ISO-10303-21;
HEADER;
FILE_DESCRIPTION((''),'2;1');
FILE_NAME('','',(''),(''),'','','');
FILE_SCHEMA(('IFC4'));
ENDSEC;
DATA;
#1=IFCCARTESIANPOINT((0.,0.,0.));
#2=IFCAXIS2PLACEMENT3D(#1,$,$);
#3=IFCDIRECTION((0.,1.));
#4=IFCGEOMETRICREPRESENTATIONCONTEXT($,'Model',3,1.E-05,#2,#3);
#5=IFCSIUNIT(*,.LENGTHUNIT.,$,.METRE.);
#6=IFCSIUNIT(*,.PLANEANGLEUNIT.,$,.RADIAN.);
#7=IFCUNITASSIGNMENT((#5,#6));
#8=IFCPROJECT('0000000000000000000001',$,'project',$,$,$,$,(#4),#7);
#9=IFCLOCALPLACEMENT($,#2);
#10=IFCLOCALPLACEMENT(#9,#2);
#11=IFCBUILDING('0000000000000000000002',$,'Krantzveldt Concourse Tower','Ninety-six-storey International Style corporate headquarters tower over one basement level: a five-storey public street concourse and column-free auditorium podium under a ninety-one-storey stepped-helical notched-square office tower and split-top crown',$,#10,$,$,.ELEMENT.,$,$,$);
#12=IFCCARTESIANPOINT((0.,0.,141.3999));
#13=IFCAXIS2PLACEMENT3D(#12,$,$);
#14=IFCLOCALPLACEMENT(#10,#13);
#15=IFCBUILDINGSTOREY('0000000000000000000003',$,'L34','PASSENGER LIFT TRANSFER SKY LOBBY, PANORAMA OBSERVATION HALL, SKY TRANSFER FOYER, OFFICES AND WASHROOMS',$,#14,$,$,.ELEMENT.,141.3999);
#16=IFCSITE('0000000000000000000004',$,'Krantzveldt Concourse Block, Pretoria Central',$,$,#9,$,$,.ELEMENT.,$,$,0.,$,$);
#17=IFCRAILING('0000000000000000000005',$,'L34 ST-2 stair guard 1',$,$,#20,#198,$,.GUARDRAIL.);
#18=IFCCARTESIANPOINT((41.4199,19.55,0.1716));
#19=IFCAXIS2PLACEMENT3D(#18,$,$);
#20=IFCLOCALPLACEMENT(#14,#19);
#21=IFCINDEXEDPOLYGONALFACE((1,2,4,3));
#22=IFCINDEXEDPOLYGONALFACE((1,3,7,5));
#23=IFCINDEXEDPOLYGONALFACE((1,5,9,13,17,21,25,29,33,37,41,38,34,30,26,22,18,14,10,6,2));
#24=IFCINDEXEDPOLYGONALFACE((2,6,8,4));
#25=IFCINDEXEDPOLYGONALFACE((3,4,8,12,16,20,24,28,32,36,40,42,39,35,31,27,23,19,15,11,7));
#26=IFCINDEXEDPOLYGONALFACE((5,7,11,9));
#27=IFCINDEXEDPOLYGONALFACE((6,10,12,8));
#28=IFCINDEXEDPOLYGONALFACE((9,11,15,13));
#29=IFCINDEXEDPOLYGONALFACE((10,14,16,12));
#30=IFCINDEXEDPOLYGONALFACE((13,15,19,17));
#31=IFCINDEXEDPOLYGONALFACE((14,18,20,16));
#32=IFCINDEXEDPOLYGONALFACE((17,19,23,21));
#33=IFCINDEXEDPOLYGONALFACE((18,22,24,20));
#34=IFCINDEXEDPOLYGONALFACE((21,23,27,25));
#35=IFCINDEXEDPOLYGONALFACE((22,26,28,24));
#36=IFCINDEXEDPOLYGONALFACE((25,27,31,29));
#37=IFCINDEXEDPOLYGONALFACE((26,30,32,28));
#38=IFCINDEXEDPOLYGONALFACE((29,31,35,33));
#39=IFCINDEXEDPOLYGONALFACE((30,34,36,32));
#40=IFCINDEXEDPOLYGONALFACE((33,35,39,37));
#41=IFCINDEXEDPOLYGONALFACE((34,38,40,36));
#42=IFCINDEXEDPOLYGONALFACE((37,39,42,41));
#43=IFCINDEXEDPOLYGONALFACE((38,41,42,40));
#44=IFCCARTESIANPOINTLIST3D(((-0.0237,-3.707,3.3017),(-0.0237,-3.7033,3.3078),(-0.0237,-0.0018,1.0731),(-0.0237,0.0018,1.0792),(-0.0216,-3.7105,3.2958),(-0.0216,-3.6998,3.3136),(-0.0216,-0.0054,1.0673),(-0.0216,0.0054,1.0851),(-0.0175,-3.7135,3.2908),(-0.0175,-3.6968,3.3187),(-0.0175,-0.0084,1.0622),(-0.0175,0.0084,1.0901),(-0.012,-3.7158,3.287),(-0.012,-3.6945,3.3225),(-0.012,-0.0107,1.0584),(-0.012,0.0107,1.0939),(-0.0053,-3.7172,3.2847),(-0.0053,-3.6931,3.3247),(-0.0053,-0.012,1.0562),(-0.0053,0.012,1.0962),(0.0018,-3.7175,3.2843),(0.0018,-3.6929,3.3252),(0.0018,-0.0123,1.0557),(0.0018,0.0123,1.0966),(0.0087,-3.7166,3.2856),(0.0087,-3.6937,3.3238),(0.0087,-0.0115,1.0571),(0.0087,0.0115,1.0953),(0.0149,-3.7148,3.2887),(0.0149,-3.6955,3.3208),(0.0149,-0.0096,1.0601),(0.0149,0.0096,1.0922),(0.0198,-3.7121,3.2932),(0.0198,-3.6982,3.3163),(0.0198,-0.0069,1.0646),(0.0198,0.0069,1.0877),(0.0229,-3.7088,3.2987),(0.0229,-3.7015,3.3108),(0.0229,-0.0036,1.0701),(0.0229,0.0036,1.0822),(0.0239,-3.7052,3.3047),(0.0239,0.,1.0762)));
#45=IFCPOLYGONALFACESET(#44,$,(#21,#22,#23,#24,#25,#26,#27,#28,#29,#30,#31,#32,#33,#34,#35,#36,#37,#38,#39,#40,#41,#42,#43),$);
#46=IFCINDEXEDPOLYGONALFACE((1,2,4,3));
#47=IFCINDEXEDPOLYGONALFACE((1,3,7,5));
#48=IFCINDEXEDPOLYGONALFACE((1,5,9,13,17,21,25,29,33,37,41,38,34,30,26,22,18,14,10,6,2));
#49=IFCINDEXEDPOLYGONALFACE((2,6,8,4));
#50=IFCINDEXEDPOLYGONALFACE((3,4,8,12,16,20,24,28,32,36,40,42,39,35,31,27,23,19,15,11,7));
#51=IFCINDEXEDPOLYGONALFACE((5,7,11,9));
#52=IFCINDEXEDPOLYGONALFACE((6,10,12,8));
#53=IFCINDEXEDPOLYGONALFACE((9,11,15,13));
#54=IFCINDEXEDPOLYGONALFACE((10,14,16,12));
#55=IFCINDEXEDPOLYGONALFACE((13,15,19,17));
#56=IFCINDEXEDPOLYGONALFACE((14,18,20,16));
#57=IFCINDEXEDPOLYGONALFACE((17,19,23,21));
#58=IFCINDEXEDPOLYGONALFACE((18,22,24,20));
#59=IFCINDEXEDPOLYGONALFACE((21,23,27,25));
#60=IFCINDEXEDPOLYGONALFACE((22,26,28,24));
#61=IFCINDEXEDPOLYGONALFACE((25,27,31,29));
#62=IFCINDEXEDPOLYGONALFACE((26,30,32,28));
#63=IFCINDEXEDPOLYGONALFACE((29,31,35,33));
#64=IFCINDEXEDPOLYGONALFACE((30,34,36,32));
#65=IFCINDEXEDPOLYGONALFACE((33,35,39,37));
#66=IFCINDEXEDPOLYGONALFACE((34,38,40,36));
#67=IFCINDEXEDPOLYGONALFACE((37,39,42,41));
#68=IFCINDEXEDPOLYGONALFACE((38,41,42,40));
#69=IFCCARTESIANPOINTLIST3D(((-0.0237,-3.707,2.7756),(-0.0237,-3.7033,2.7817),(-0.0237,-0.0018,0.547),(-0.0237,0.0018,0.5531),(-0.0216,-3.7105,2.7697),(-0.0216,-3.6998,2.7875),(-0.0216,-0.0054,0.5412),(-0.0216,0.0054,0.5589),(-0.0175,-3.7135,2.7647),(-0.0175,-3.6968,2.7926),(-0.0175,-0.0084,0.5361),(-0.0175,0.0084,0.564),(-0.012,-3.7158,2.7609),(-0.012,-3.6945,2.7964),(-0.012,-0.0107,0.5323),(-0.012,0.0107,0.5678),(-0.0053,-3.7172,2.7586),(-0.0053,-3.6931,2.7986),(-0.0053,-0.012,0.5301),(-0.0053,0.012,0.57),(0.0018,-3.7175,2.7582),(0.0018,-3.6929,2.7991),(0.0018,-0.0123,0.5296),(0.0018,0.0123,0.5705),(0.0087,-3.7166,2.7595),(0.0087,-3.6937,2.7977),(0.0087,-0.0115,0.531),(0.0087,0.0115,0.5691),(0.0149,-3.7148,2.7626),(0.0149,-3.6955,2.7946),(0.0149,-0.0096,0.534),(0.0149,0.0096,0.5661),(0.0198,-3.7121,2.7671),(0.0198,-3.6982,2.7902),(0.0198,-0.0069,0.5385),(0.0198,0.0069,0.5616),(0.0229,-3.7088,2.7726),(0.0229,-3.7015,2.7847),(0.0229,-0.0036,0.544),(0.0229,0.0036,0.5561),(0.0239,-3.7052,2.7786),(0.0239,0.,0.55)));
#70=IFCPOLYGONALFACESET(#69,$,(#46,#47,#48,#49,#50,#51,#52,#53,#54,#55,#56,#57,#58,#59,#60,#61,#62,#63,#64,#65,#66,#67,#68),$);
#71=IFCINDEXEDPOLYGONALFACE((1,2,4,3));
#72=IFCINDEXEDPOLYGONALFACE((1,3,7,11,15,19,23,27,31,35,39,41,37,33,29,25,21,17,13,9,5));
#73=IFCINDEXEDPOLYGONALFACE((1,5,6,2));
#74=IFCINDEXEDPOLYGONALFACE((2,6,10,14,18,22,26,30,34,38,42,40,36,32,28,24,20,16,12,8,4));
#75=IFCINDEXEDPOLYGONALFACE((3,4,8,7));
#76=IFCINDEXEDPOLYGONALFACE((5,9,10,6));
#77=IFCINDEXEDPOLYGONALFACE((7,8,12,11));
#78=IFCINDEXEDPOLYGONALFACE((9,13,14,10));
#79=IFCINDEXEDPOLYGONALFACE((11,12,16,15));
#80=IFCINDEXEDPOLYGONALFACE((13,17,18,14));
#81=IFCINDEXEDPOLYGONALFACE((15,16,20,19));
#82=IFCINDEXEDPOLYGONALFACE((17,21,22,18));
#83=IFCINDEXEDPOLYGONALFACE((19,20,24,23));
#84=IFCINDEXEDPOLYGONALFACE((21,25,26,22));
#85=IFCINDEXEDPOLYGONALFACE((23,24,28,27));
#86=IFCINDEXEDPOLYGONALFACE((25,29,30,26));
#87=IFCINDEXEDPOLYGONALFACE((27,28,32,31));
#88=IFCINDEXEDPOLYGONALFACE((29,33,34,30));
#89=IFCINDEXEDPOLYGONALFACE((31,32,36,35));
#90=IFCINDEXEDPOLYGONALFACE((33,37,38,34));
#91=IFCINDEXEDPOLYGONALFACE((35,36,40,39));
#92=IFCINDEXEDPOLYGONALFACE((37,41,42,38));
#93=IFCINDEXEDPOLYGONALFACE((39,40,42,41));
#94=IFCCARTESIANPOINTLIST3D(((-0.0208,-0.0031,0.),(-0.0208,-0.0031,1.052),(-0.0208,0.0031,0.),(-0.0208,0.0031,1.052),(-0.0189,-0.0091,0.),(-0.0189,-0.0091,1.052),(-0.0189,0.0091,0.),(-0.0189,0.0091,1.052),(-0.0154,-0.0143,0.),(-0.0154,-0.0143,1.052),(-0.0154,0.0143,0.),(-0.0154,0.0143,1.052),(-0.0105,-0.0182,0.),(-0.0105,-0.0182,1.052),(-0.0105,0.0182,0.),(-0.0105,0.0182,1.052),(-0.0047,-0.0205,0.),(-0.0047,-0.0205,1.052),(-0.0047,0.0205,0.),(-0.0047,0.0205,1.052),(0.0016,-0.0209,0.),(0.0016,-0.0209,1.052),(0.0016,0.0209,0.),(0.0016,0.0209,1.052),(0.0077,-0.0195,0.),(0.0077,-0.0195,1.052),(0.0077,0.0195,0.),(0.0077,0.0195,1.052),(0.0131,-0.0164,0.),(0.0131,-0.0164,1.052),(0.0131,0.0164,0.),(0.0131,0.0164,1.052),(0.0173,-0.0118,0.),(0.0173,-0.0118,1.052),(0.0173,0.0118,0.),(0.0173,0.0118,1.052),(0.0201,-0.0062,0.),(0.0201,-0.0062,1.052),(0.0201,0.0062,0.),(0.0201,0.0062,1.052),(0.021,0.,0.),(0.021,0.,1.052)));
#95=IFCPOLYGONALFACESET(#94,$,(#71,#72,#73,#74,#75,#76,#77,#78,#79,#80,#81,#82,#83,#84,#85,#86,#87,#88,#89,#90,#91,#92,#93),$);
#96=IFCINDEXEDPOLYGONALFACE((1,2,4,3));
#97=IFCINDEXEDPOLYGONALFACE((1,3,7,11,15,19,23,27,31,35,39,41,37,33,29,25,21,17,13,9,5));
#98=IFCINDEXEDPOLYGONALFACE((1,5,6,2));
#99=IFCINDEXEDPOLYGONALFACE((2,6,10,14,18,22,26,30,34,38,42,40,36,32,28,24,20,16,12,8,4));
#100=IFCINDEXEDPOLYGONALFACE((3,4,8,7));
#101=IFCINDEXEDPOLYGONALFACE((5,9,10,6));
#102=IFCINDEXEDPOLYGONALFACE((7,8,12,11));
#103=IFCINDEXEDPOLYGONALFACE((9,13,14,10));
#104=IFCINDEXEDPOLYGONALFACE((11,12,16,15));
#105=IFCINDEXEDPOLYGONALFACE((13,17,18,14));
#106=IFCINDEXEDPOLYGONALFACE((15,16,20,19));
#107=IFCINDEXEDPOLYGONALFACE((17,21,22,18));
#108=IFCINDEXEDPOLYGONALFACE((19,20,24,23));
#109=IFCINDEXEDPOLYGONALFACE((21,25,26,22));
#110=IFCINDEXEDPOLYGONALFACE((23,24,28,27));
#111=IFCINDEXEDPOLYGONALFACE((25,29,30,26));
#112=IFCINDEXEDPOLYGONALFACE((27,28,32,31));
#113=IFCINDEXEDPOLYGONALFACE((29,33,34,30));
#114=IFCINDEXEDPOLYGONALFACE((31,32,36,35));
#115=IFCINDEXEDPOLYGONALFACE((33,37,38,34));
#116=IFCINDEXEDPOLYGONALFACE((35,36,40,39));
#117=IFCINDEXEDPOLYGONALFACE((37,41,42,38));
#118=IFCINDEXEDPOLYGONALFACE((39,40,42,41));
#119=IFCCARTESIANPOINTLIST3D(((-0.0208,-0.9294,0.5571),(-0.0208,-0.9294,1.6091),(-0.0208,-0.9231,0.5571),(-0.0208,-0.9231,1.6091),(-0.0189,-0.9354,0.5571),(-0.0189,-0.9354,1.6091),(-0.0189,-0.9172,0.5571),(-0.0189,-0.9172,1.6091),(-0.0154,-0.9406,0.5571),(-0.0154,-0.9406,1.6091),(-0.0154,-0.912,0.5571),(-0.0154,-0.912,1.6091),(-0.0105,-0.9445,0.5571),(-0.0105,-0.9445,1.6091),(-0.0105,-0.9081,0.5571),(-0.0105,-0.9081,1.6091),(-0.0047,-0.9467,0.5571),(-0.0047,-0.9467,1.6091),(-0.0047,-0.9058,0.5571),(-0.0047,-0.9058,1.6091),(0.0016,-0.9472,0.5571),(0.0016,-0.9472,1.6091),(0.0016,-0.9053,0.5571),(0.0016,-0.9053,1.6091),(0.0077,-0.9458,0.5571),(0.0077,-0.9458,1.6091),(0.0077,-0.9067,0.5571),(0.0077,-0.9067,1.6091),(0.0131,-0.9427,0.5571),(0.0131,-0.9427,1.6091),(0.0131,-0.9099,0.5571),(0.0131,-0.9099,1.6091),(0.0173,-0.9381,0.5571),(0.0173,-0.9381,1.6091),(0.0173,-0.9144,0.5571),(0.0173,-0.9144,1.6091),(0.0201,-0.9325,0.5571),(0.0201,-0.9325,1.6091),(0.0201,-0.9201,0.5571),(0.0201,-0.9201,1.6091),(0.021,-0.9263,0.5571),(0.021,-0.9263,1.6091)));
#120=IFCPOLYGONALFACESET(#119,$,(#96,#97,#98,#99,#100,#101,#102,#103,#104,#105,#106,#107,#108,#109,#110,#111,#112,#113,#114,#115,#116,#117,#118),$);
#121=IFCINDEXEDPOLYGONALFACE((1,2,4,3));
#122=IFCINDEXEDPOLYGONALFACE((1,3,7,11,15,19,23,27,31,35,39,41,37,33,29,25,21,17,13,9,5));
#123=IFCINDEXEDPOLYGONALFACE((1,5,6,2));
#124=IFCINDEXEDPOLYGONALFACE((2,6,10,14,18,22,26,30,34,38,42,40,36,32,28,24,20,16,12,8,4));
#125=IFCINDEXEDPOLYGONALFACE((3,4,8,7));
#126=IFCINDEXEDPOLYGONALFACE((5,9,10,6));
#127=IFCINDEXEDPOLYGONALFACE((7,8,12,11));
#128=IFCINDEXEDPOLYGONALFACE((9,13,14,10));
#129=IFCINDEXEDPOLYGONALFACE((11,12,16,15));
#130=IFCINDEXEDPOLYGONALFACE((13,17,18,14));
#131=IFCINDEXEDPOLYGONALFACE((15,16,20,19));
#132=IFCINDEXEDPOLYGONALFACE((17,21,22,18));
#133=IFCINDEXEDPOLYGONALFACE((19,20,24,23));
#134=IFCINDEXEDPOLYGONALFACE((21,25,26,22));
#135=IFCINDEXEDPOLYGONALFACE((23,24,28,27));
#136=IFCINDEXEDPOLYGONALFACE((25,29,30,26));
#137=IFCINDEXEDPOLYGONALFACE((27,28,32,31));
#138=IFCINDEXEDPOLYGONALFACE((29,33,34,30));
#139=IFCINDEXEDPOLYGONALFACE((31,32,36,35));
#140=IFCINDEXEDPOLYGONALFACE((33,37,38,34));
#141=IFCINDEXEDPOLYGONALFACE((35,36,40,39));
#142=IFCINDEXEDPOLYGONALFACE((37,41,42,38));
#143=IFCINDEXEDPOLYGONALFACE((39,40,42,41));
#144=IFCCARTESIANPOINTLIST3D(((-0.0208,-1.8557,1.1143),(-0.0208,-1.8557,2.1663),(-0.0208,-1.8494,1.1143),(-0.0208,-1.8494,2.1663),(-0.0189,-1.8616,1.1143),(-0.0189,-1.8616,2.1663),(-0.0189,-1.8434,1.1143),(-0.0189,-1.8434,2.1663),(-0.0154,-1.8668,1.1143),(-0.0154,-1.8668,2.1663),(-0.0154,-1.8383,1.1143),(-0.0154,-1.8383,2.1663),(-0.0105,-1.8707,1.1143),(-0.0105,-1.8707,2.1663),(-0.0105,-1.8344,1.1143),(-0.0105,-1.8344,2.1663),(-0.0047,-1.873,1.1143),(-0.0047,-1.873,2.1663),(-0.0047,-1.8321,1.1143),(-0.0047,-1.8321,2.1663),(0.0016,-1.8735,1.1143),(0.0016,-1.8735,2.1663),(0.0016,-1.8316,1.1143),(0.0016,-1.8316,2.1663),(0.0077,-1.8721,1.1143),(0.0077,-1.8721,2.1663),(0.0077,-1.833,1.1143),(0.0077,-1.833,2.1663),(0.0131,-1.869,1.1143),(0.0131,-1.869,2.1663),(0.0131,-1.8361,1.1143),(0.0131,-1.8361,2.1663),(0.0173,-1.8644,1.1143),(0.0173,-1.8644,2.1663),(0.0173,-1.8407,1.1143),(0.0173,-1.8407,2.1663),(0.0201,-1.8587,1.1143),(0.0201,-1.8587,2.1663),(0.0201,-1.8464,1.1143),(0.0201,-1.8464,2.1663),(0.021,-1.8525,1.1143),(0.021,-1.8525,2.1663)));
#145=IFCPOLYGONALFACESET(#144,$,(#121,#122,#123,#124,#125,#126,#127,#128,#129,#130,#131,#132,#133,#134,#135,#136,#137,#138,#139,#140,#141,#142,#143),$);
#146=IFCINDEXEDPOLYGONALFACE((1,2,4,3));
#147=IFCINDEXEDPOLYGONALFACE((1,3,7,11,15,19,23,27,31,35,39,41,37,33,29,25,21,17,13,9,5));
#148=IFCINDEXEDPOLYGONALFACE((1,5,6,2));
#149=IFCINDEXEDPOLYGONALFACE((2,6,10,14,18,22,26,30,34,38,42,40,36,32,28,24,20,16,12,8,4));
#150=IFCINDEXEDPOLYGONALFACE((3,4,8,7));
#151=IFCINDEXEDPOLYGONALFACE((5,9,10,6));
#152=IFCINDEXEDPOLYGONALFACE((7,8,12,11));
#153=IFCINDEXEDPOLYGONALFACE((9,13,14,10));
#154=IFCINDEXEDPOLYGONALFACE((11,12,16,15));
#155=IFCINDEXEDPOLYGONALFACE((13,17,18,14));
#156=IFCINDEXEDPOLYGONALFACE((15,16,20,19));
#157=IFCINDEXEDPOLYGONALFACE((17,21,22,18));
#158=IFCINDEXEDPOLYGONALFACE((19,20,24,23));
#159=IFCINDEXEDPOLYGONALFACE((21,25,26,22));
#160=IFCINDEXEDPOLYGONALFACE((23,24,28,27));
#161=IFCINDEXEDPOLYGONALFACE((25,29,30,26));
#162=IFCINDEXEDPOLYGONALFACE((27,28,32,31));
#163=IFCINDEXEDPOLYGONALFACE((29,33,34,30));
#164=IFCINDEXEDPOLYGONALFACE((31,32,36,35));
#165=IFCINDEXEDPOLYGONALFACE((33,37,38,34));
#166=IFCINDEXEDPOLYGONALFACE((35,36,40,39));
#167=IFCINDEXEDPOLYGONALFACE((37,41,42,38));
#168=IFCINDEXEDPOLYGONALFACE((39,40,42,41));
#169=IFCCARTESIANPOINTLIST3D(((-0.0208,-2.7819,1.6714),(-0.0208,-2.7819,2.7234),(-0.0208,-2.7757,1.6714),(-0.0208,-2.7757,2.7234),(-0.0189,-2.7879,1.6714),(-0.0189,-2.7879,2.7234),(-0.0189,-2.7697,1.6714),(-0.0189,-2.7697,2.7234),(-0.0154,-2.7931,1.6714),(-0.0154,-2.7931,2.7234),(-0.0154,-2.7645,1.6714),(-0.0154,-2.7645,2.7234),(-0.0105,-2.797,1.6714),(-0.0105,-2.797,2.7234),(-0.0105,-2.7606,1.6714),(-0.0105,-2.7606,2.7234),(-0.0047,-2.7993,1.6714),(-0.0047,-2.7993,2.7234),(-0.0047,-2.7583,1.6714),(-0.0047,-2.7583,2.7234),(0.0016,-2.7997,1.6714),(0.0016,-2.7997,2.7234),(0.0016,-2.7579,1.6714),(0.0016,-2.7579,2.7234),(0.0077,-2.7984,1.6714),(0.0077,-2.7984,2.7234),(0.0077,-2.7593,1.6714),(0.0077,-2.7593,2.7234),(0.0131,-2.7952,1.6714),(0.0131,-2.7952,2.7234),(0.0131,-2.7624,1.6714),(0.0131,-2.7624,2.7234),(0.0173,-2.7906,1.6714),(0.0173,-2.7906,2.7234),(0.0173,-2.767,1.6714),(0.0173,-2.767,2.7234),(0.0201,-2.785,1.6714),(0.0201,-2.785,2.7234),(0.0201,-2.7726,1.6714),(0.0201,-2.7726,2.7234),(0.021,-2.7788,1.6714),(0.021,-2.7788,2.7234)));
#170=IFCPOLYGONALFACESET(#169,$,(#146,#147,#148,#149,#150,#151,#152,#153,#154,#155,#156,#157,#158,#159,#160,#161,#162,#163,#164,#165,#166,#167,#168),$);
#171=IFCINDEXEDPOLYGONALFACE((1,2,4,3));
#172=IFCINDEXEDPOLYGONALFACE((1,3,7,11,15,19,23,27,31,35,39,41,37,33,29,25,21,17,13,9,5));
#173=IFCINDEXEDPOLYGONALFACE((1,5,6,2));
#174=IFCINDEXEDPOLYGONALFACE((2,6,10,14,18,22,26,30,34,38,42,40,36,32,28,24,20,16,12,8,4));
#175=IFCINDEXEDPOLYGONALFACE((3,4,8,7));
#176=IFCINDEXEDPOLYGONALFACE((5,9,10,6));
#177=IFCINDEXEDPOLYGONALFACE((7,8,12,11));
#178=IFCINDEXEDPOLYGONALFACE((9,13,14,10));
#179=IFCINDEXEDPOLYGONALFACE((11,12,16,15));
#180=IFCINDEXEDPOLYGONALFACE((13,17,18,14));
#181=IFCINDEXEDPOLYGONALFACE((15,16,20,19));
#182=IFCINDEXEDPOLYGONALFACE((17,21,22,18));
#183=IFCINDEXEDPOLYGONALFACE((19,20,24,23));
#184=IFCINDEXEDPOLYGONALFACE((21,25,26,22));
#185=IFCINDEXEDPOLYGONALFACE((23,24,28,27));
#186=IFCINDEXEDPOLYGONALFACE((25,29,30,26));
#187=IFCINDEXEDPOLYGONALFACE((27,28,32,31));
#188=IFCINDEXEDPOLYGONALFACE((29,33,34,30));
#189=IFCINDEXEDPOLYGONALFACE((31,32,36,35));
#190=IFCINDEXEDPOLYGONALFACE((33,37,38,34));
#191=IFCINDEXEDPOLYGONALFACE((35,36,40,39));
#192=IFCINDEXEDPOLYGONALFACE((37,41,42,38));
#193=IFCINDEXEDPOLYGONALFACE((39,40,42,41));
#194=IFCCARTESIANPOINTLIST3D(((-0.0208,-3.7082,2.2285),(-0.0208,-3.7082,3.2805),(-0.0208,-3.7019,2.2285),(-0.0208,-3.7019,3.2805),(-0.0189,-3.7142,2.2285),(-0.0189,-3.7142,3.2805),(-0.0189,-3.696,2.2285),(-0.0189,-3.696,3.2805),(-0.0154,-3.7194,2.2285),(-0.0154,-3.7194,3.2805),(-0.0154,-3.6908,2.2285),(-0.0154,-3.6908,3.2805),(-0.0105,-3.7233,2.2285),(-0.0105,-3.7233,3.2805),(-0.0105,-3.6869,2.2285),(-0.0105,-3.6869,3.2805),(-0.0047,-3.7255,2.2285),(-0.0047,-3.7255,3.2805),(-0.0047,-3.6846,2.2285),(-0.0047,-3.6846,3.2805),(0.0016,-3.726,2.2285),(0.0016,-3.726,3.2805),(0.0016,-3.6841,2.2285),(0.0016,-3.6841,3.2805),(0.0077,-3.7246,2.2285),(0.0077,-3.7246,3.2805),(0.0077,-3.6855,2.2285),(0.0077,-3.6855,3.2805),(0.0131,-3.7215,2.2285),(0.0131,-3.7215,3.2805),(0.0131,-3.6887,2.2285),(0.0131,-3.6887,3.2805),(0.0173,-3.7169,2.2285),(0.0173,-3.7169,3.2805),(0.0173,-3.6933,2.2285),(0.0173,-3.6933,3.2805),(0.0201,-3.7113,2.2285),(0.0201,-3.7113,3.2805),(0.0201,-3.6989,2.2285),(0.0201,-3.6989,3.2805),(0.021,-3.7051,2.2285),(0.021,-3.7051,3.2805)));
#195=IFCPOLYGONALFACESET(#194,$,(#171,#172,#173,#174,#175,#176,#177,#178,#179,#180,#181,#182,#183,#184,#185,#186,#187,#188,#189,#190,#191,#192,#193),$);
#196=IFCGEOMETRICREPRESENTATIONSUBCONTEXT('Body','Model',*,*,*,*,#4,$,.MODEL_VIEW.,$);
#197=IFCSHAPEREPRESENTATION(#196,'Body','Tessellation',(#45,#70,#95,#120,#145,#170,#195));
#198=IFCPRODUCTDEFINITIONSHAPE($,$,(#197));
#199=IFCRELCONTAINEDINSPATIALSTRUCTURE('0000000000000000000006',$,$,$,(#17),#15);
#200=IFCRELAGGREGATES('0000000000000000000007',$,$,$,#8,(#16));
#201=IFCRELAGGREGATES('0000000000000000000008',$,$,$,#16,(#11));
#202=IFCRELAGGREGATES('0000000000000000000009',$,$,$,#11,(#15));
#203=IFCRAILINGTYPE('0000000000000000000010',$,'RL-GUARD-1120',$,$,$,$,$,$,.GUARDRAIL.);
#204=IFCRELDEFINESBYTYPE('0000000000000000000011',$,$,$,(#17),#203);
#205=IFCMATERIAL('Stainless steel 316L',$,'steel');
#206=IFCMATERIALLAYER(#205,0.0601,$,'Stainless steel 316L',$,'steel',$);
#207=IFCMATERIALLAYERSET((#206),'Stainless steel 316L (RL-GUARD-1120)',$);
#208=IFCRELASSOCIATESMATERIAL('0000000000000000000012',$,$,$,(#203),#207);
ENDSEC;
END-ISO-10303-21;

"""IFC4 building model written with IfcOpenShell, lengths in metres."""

from ifc_helpers import new_model, si_unit, direction, frame, origin, origin_2d, place, context, subcontext, project, spatial, circle, extrude, material, layer, layer_set, type_object, element, save


model = new_model("IFC4")

# Units and contexts
model_context = context("Model", 3, precision=1e-05, world=origin(), true_north=direction((0.0, 1.0)))
body_context = subcontext(model_context, "Body", "Model", "MODEL_VIEW")
ifc_project = project(units=[si_unit("LENGTHUNIT", "METRE"), si_unit("PLANEANGLEUNIT", "RADIAN")], contexts=[model_context])

# Site, building, storey
site_placement = place(None, origin())
site = spatial("IfcSite", under=ifc_project, at=site_placement, Name="Krantzveldt Concourse Block, Pretoria Central", CompositionType="ELEMENT", RefElevation=0.0)
building_placement = place(site_placement, origin())
building = spatial("IfcBuilding", under=site, at=building_placement, Name="Krantzveldt Concourse Tower", Description="Ninety-six-storey International Style corporate headquarters tower over one basement level: a five-storey public street concourse and column-free auditorium podium under a ninety-one-storey stepped-helical notched-square office tower and split-top crown", CompositionType="ELEMENT")
storey_placement = place(building_placement, frame((0.0, 0.0, 141.3999)))
storey = spatial("IfcBuildingStorey", under=building, at=storey_placement, Name="L34", Description="PASSENGER LIFT TRANSFER SKY LOBBY, PANORAMA OBSERVATION HALL, SKY TRANSFER FOYER, OFFICES AND WASHROOMS", CompositionType="ELEMENT", Elevation=141.3999)

# Shared definitions
ifc_material_1 = material(Name="Stainless steel 316L", Category="steel")

# Railing
ifc_layer_1 = layer(ifc_material_1, 0.0601, Name="Stainless steel 316L", Category="steel")
ifc_layer_set_1 = layer_set([ifc_layer_1], Name="Stainless steel 316L (RL-GUARD-1120)")
railing_type_1 = type_object("IfcRailingType", Name="RL-GUARD-1120", PredefinedType="GUARDRAIL", material=ifc_layer_set_1)
railing_1_placement = place(storey_placement, frame((41.4199, 19.55, 0.1716)))
element("IfcRailing", 1, at=railing_1_placement, inside=storey, type_object=railing_type_1, Name="L34 ST-2 stair guard 1", PredefinedType="GUARDRAIL", context=body_context, shape_type="SweptSolid", body=[
    extrude(circle(Radius=0.0239, at=origin_2d()), frame((0.0, 0.0, 1.0762), z_axis=(0.0, -0.856934, 0.515425), x_axis=(1.0, 0.0, 0.0)), (0.0, 0.0, 1.0), 4.3237),
    extrude(circle(Radius=0.0239, at=origin_2d()), frame((0.0, 0.0, 0.55), z_axis=(0.0, -0.856934, 0.515425), x_axis=(1.0, 0.0, 0.0)), (0.0, 0.0, 1.0), 4.3237),
    extrude(circle(Radius=0.021, at=origin_2d()), origin(), (0.0, 0.0, 1.0), 1.052),
    extrude(circle(Radius=0.021, at=origin_2d()), frame((0.0, -0.9263, 0.5571)), (0.0, 0.0, 1.0), 1.052),
    extrude(circle(Radius=0.021, at=origin_2d()), frame((0.0, -1.8525, 1.1143)), (0.0, 0.0, 1.0), 1.052),
    extrude(circle(Radius=0.021, at=origin_2d()), frame((0.0, -2.7788, 1.6714)), (0.0, 0.0, 1.0), 1.052),
    extrude(circle(Radius=0.021, at=origin_2d()), frame((0.0, -3.7051, 2.2285)), (0.0, 0.0, 1.0), 1.052),
])

save(model, "model.ifc")
